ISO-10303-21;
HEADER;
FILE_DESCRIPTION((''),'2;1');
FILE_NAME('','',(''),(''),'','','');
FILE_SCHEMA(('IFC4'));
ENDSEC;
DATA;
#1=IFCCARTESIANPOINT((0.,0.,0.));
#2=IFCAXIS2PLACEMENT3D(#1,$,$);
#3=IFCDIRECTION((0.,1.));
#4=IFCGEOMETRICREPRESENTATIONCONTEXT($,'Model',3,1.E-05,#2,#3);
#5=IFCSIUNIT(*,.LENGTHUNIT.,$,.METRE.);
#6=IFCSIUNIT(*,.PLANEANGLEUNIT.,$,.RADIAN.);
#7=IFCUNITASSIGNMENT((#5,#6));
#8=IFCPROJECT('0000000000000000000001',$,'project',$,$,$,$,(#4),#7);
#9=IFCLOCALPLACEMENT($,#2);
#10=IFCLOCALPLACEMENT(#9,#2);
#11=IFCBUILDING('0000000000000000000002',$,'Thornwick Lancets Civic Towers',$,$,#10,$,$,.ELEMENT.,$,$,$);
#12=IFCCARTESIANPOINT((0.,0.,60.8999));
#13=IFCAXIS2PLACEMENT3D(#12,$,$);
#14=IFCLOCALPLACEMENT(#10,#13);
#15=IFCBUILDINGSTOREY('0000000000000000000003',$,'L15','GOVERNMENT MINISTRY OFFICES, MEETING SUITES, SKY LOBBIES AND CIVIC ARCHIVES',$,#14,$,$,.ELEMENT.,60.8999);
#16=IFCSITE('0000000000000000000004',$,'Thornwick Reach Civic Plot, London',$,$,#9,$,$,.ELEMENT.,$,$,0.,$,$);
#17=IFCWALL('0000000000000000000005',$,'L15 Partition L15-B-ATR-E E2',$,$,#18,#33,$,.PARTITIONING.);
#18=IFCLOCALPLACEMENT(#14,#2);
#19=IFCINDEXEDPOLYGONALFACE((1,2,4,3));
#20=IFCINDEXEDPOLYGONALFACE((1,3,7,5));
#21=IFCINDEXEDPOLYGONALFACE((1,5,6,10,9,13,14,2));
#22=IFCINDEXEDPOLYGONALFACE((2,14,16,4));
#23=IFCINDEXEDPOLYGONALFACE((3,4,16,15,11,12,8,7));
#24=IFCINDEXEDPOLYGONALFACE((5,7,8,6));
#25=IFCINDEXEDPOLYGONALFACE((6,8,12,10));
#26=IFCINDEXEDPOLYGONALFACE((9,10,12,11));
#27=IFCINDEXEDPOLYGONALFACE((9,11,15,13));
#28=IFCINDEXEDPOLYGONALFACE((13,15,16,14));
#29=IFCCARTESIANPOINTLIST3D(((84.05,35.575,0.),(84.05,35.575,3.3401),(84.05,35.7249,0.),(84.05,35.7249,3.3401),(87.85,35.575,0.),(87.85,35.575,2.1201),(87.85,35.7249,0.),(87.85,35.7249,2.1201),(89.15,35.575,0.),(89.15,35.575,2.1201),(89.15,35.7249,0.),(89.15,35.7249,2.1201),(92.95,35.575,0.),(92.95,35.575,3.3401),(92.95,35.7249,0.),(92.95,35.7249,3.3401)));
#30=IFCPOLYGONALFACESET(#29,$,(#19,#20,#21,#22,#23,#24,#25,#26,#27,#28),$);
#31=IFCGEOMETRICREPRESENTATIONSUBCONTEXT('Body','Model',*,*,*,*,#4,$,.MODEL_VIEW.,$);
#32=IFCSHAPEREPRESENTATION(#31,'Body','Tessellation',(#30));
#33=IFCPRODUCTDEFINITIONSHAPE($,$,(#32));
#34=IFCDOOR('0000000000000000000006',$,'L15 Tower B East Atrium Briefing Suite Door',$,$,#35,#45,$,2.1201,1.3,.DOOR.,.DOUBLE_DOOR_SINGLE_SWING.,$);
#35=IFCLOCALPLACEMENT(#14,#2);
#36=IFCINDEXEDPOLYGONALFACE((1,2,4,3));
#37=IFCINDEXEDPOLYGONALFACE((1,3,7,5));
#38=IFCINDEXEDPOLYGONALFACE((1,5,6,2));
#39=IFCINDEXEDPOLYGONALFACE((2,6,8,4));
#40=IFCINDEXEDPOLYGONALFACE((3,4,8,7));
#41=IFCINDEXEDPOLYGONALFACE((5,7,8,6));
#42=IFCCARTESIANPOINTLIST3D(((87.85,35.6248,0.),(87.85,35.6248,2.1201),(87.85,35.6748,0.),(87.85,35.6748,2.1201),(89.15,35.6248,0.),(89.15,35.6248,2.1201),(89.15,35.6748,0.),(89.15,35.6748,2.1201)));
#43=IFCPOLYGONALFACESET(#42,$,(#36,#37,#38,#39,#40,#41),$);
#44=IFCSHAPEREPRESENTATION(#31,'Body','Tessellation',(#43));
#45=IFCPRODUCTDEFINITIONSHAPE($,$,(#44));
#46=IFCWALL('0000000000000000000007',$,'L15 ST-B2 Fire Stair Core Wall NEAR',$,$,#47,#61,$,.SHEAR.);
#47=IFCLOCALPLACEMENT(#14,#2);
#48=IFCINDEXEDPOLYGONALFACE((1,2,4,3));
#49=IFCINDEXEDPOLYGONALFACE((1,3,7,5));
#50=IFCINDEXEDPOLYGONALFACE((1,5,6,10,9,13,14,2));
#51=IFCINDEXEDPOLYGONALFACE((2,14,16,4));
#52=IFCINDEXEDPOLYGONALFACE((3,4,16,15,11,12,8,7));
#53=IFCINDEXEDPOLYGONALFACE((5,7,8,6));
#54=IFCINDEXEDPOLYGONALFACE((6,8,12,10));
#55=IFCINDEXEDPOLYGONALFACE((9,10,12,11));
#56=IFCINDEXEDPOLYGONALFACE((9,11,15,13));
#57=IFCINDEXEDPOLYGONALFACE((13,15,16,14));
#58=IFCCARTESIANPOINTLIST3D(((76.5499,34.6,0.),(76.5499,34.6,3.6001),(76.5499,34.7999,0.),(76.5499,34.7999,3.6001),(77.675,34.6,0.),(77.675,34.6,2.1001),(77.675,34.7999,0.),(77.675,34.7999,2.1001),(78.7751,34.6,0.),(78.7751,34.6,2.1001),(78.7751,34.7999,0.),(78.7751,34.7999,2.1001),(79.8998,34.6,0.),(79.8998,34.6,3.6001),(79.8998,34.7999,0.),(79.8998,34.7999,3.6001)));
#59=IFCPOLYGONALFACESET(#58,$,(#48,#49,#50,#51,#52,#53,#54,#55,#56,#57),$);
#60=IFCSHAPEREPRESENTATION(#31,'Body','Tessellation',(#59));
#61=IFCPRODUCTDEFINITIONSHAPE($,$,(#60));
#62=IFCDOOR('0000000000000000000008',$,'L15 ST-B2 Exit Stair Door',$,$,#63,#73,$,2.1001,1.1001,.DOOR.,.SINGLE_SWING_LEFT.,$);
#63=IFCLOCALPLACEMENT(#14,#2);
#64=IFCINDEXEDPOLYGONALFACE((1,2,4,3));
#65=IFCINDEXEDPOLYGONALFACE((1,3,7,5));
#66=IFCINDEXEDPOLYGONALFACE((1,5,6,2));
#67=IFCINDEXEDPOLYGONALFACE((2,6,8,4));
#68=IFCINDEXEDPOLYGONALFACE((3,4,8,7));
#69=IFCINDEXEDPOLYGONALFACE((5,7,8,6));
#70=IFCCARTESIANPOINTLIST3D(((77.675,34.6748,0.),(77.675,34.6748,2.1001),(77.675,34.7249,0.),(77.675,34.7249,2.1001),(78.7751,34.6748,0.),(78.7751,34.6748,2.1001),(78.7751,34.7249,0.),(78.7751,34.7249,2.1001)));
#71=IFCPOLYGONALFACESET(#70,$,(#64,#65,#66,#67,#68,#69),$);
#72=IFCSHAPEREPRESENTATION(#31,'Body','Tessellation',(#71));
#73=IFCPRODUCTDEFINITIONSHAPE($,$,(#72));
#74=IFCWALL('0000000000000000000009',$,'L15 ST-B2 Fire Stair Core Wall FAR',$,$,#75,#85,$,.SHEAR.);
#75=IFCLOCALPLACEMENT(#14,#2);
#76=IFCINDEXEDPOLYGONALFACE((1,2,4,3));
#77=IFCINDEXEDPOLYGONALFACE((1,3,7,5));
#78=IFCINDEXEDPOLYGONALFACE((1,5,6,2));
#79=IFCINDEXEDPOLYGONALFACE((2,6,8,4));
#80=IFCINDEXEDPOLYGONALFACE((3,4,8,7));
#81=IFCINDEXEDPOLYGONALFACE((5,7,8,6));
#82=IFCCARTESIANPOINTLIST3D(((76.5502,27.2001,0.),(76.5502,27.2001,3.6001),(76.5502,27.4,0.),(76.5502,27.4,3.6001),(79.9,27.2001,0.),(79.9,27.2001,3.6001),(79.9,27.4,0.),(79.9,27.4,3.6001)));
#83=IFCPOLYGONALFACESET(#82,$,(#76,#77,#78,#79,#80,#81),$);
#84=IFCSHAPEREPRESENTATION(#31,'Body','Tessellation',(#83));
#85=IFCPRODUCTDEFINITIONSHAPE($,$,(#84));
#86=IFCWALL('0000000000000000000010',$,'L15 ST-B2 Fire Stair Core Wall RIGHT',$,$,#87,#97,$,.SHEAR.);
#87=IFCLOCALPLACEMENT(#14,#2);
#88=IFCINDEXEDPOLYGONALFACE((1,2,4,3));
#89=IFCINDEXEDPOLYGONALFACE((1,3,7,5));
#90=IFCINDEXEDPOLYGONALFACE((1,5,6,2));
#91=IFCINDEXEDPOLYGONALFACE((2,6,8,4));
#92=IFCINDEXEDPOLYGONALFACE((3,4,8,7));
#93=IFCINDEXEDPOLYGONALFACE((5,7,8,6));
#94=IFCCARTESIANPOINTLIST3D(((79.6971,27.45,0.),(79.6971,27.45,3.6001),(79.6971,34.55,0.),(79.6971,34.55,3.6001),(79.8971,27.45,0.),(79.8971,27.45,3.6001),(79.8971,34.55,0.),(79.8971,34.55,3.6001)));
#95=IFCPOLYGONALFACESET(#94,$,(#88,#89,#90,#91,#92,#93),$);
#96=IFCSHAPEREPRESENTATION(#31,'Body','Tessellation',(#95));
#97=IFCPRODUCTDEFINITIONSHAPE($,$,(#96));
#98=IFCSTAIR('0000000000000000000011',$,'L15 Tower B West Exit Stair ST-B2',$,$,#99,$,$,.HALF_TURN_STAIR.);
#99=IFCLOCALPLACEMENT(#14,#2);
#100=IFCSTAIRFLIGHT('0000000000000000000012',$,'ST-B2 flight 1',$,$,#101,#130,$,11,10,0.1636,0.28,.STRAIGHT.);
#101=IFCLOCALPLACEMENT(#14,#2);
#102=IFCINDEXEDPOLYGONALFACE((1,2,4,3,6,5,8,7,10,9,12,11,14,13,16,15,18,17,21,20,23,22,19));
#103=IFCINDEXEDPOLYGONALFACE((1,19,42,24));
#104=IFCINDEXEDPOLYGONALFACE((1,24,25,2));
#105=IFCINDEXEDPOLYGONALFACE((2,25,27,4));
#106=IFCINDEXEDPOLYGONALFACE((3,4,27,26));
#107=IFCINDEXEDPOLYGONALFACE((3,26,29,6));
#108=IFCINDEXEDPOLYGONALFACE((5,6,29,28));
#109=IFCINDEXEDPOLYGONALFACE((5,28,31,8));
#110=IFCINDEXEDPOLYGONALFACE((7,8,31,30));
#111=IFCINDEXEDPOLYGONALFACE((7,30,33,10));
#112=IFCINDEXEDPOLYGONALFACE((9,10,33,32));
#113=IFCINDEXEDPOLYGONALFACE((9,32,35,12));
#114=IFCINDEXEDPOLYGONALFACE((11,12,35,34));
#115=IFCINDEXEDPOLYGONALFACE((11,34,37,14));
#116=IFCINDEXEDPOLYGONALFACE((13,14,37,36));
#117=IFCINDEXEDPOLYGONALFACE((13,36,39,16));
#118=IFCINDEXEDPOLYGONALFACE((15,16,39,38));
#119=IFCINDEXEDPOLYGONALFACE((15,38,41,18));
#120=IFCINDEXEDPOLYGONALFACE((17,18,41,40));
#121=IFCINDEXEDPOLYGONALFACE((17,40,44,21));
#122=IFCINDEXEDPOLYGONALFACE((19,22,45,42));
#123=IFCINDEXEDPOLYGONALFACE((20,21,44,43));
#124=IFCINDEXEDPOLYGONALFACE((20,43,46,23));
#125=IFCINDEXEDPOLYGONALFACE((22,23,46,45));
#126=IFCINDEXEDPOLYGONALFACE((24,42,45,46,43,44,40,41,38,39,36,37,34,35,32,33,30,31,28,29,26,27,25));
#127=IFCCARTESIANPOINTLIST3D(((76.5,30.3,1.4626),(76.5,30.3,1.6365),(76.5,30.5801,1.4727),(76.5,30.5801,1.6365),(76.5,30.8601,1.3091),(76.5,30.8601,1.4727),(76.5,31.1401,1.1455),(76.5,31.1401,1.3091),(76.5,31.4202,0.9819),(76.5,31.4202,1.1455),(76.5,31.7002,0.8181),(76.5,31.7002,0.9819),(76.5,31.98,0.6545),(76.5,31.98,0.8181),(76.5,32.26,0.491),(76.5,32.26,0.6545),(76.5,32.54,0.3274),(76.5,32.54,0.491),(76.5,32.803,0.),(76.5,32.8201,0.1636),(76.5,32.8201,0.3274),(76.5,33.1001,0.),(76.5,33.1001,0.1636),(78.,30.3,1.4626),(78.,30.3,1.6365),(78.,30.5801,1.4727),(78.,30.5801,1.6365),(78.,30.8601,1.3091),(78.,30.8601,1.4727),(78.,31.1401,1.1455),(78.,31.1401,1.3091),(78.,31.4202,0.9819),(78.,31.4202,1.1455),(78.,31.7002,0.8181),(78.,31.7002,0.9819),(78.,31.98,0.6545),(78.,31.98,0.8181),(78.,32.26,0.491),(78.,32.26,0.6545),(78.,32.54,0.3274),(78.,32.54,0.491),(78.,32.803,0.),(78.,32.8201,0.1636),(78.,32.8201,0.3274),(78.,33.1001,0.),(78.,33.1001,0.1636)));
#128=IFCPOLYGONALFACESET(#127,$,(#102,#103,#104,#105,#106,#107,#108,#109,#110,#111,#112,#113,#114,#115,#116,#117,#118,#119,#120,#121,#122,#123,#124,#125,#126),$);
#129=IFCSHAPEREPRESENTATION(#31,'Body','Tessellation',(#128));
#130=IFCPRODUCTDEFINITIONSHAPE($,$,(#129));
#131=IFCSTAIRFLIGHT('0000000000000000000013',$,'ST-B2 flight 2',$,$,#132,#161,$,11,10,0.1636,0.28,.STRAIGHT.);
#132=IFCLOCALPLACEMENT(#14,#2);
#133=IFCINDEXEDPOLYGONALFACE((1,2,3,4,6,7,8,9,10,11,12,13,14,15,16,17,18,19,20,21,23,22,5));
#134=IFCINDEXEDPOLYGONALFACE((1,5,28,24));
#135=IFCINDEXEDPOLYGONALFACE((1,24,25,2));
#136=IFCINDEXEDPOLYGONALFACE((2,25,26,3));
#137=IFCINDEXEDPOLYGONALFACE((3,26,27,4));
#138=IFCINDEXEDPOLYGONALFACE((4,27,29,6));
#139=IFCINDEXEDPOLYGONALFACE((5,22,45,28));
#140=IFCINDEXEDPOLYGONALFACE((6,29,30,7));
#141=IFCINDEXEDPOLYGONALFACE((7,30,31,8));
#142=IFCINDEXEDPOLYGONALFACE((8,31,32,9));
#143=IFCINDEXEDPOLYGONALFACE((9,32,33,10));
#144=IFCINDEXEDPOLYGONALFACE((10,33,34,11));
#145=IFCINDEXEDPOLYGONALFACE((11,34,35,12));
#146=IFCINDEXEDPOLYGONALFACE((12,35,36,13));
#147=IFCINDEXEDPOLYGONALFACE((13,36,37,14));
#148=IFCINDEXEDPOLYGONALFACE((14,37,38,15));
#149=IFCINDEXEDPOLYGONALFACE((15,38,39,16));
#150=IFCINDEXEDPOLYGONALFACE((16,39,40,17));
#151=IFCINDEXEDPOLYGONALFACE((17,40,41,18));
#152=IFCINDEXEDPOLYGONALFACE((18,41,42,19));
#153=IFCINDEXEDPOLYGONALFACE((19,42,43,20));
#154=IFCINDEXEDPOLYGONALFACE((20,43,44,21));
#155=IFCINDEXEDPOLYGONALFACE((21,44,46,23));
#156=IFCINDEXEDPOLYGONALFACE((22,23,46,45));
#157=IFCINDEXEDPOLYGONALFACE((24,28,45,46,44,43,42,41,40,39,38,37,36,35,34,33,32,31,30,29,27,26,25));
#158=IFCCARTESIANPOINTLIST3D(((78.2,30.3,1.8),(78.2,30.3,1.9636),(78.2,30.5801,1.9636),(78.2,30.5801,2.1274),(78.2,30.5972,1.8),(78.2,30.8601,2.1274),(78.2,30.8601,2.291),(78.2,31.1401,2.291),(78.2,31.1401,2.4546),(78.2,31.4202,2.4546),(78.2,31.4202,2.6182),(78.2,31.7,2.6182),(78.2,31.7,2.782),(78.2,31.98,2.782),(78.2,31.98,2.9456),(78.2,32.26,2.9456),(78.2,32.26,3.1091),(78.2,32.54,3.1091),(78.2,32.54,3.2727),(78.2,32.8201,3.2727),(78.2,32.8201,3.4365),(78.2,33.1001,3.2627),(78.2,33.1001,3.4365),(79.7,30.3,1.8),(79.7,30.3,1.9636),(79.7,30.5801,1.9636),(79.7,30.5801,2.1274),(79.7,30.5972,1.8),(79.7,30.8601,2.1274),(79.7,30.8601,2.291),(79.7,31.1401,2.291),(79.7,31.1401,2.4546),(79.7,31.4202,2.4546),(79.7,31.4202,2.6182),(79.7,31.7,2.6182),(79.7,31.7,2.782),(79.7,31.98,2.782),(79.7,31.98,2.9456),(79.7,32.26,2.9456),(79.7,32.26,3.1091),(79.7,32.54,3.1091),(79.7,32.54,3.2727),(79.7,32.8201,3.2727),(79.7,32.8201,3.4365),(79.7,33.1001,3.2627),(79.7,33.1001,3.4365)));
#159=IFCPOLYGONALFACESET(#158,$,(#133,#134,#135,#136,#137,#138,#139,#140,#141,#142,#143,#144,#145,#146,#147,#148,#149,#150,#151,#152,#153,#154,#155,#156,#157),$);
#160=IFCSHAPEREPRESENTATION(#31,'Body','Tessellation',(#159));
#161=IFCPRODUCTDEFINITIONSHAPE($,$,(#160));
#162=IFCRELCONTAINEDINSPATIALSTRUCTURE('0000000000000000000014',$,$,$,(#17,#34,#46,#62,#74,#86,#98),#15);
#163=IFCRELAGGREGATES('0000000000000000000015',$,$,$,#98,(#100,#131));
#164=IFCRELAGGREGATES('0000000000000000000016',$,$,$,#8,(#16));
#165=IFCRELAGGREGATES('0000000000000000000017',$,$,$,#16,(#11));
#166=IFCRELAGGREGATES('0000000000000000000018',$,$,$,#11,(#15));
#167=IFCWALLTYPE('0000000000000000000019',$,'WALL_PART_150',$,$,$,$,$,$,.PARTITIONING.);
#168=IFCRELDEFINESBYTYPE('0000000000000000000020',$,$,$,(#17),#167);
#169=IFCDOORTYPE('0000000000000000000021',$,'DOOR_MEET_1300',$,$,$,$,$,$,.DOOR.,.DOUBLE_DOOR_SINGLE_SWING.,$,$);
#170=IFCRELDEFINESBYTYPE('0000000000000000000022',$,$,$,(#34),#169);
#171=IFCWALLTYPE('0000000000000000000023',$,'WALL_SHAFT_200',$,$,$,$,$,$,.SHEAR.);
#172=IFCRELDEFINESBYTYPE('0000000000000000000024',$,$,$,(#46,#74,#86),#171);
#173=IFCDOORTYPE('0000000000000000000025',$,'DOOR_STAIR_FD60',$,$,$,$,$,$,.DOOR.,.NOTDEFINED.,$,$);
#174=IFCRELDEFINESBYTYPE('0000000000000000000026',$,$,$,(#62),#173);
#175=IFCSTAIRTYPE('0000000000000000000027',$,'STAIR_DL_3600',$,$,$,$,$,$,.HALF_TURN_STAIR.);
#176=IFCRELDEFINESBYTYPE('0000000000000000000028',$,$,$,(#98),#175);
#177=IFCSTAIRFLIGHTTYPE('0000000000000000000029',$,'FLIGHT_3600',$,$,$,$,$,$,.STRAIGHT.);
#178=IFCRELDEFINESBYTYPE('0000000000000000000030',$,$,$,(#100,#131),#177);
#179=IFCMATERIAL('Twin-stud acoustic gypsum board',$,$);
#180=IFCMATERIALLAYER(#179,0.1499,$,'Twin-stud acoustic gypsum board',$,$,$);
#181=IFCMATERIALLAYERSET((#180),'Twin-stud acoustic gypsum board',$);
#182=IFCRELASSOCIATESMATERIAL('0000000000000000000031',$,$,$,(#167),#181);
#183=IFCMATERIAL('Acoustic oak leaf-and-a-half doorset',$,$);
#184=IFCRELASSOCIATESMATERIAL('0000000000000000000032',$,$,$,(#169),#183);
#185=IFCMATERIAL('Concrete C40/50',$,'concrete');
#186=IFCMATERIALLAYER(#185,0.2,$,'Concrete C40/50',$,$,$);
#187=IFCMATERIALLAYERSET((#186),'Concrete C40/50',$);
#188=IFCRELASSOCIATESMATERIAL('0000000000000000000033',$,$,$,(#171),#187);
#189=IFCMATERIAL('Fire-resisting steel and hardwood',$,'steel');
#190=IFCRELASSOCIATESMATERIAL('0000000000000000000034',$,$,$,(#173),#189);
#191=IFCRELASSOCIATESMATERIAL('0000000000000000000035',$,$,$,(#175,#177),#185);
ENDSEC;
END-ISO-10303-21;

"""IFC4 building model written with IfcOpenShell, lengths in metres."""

from ifc_helpers import new_model, si_unit, direction, frame, frame_2d, origin, place, context, subcontext, project, spatial, polyline, rectangle, outline, extrude, material, layer, layer_set, type_object, element, fill, aggregate, save


model = new_model("IFC4")

# Units and contexts
model_context = context("Model", 3, precision=1e-05, world=origin(), true_north=direction((0.0, 1.0)))
body_context = subcontext(model_context, "Body", "Model", "MODEL_VIEW")
ifc_project = project(units=[si_unit("LENGTHUNIT", "METRE"), si_unit("PLANEANGLEUNIT", "RADIAN")], contexts=[model_context])

# Site, building, storey
site_placement = place(None, origin())
site = spatial("IfcSite", under=ifc_project, at=site_placement, Name="Thornwick Reach Civic Plot, London", CompositionType="ELEMENT", RefElevation=0.0)
building_placement = place(site_placement, origin())
building = spatial("IfcBuilding", under=site, at=building_placement, Name="Thornwick Lancets Civic Towers", CompositionType="ELEMENT")
storey_placement = place(building_placement, frame((0.0, 0.0, 60.8999)))
storey = spatial("IfcBuildingStorey", under=building, at=storey_placement, Name="L15", Description="GOVERNMENT MINISTRY OFFICES, MEETING SUITES, SKY LOBBIES AND CIVIC ARCHIVES", CompositionType="ELEMENT", Elevation=60.8999)

# Shared definitions
ifc_material_1 = material(Name="Concrete C40/50", Category="concrete")

# Shared definitions
ifc_material_2 = material(Name="Twin-stud acoustic gypsum board")
ifc_layer_1 = layer(ifc_material_2, 0.1499, Name="Twin-stud acoustic gypsum board")
ifc_layer_set_1 = layer_set([ifc_layer_1], Name="Twin-stud acoustic gypsum board")
wall_type_1 = type_object("IfcWallType", Name="WALL_PART_150", PredefinedType="PARTITIONING", material=ifc_layer_set_1)

# Walls, openings, doors
wall_1_placement = place(storey_placement, frame((84.05, 35.6499, 0.0), z_axis=(0.0, 0.0, 1.0), x_axis=(1.0, 0.0, 0.0)))
wall_1 = element("IfcWall", 1, at=wall_1_placement, inside=storey, type_object=wall_type_1, Name="L15 Partition L15-B-ATR-E E2", PredefinedType="PARTITIONING", context=body_context, shape_type="SweptSolid", body=[
    extrude(rectangle(XDim=8.8999, YDim=0.1499, at=frame_2d((4.45, 0.0))), origin(), (0.0, 0.0, 1.0), 3.3401),
])
opening_1_placement = place(wall_1_placement, frame((3.8, 0.0, 0.0)))
opening_1 = element("IfcOpeningElement", 2, at=opening_1_placement, cuts=wall_1, PredefinedType="OPENING", context=body_context, shape_type="SweptSolid", body=[
    extrude(rectangle(XDim=1.3, YDim=2.1201, at=frame_2d((0.6499, 1.0601))), frame((0.0, 0.085, 0.0), z_axis=(0.0, -1.0, 0.0), x_axis=(1.0, 0.0, 0.0)), (0.0, 0.0, 1.0), 0.1699),
])
ifc_material_3 = material(Name="Acoustic oak leaf-and-a-half doorset")
door_type_1 = type_object("IfcDoorType", Name="DOOR_MEET_1300", OperationType="DOUBLE_DOOR_SINGLE_SWING", PredefinedType="DOOR", material=ifc_material_3)
door_1_placement = place(opening_1_placement, origin())
door_1 = element("IfcDoor", 3, at=door_1_placement, inside=storey, type_object=door_type_1, Name="L15 Tower B East Atrium Briefing Suite Door", OperationType="DOUBLE_DOOR_SINGLE_SWING", OverallHeight=2.1201, OverallWidth=1.3, PredefinedType="DOOR", context=body_context, shape_type="SweptSolid", body=[
    extrude(rectangle(XDim=1.3, YDim=2.1201, at=frame_2d((0.6499, 1.0601))), frame((0.0, 0.0249, 0.0), z_axis=(0.0, -1.0, 0.0), x_axis=(1.0, 0.0, 0.0)), (0.0, 0.0, 1.0), 0.05),
])
fill(opening_1, door_1)
ifc_layer_2 = layer(ifc_material_1, 0.2, Name="Concrete C40/50")
ifc_layer_set_2 = layer_set([ifc_layer_2], Name="Concrete C40/50")
wall_type_2 = type_object("IfcWallType", Name="WALL_SHAFT_200", PredefinedType="SHEAR", material=ifc_layer_set_2)
wall_2_placement = place(storey_placement, frame((76.55, 34.7, 0.0), z_axis=(0.0, 0.0, 1.0), x_axis=(1.0, 0.0, 0.0)))
wall_2 = element("IfcWall", 4, at=wall_2_placement, inside=storey, type_object=wall_type_2, Name="L15 ST-B2 Fire Stair Core Wall NEAR", PredefinedType="SHEAR", context=body_context, shape_type="SweptSolid", body=[
    extrude(rectangle(XDim=3.3499, YDim=0.2, at=frame_2d((1.6748, 0.0))), origin(), (0.0, 0.0, 1.0), 3.6001),
])
opening_2_placement = place(wall_2_placement, frame((1.125, 0.0, 0.0)))
opening_2 = element("IfcOpeningElement", 5, at=opening_2_placement, cuts=wall_2, PredefinedType="OPENING", context=body_context, shape_type="SweptSolid", body=[
    extrude(rectangle(XDim=1.1001, YDim=2.1001, at=frame_2d((0.55, 1.05))), frame((0.0, 0.1099, 0.0), z_axis=(0.0, -1.0, 0.0), x_axis=(1.0, 0.0, 0.0)), (0.0, 0.0, 1.0), 0.22),
])
ifc_material_4 = material(Name="Fire-resisting steel and hardwood", Category="steel")
door_type_2 = type_object("IfcDoorType", Name="DOOR_STAIR_FD60", OperationType="NOTDEFINED", PredefinedType="DOOR", material=ifc_material_4)
door_2_placement = place(opening_2_placement, origin())
door_2 = element("IfcDoor", 6, at=door_2_placement, inside=storey, type_object=door_type_2, Name="L15 ST-B2 Exit Stair Door", OperationType="SINGLE_SWING_LEFT", OverallHeight=2.1001, OverallWidth=1.1001, PredefinedType="DOOR", context=body_context, shape_type="SweptSolid", body=[
    extrude(rectangle(XDim=1.1001, YDim=2.1001, at=frame_2d((0.55, 1.05))), frame((0.0, 0.0249, 0.0), z_axis=(0.0, -1.0, 0.0), x_axis=(1.0, 0.0, 0.0)), (0.0, 0.0, 1.0), 0.05),
])
fill(opening_2, door_2)

# Walls
wall_3_placement = place(storey_placement, frame((79.8999, 27.3, 0.0), z_axis=(0.0, 0.0, 1.0), x_axis=(-1.0, 0.0, 0.0)))
element("IfcWall", 7, at=wall_3_placement, inside=storey, type_object=wall_type_2, Name="L15 ST-B2 Fire Stair Core Wall FAR", PredefinedType="SHEAR", context=body_context, shape_type="SweptSolid", body=[
    extrude(rectangle(XDim=3.3499, YDim=0.2, at=frame_2d((1.6748, 0.0))), origin(), (0.0, 0.0, 1.0), 3.6001),
])
wall_4_placement = place(storey_placement, frame((79.7971, 27.45, 0.0), z_axis=(0.0, 0.0, 1.0), x_axis=(0.0, 1.0, 0.0)))
element("IfcWall", 8, at=wall_4_placement, inside=storey, type_object=wall_type_2, Name="L15 ST-B2 Fire Stair Core Wall RIGHT", PredefinedType="SHEAR", context=body_context, shape_type="SweptSolid", body=[
    extrude(rectangle(XDim=7.1001, YDim=0.2, at=frame_2d((3.55, 0.0))), origin(), (0.0, 0.0, 1.0), 3.6001),
])

# Stair, stair flights
stair_type = type_object("IfcStairType", Name="STAIR_DL_3600", PredefinedType="HALF_TURN_STAIR", material=ifc_material_1)
stair_placement = place(storey_placement, origin())
stair = element("IfcStair", 9, at=stair_placement, inside=storey, type_object=stair_type, Name="L15 Tower B West Exit Stair ST-B2", PredefinedType="HALF_TURN_STAIR")
stair_flight_type = type_object("IfcStairFlightType", Name="FLIGHT_3600", PredefinedType="STRAIGHT", material=ifc_material_1)
stair_flight_1_placement = place(storey_placement, frame((77.25, 33.1001, 0.0), z_axis=(0.0, 0.0, 1.0), x_axis=(0.0, -1.0, 0.0)))
stair_flight_1 = element("IfcStairFlight", 10, at=stair_flight_1_placement, type_object=stair_flight_type, Name="ST-B2 flight 1", NumberOfRisers=11, NumberOfTreads=10, PredefinedType="STRAIGHT", RiserHeight=0.1636, TreadLength=0.28, context=body_context, shape_type="SweptSolid", body=[
    extrude(outline(polyline([(0.0, 0.0), (0.0, 0.1636), (0.28, 0.1636), (0.28, 0.3274), (0.5601, 0.3274), (0.5601, 0.491), (0.8401, 0.491), (0.8401, 0.6545), (1.1201, 0.6545), (1.1201, 0.8181), (1.3999, 0.8181), (1.3999, 0.9819), (1.6799, 0.9819), (1.6799, 1.1455), (1.96, 1.1455), (1.96, 1.3091), (2.24, 1.3091), (2.24, 1.4727), (2.52, 1.4727), (2.52, 1.6365), (2.8, 1.6365), (2.8, 1.8), (2.8, 1.4626), (0.2971, 0.0), (0.0, 0.0)])), frame((0.0, 0.75, 0.0), z_axis=(0.0, -1.0, 0.0), x_axis=(1.0, 0.0, 0.0)), (0.0, 0.0, 1.0), 1.5),
])
stair_flight_2_placement = place(storey_placement, frame((78.95, 30.3, 1.8), z_axis=(0.0, 0.0, 1.0), x_axis=(0.0, 1.0, 0.0)))
stair_flight_2 = element("IfcStairFlight", 11, at=stair_flight_2_placement, type_object=stair_flight_type, Name="ST-B2 flight 2", NumberOfRisers=11, NumberOfTreads=10, PredefinedType="STRAIGHT", RiserHeight=0.1636, TreadLength=0.28, context=body_context, shape_type="SweptSolid", body=[
    extrude(outline(polyline([(0.0, 0.0), (0.0, 0.1636), (0.28, 0.1636), (0.28, 0.3274), (0.5601, 0.3274), (0.5601, 0.491), (0.8401, 0.491), (0.8401, 0.6545), (1.1201, 0.6545), (1.1201, 0.8181), (1.3999, 0.8181), (1.3999, 0.9819), (1.6799, 0.9819), (1.6799, 1.1455), (1.96, 1.1455), (1.96, 1.3091), (2.24, 1.3091), (2.24, 1.4727), (2.52, 1.4727), (2.52, 1.6365), (2.8, 1.6365), (2.8, 1.8), (2.8, 1.4626), (0.2971, 0.0), (0.0, 0.0)])), frame((0.0, 0.75, 0.0), z_axis=(0.0, -1.0, 0.0), x_axis=(1.0, 0.0, 0.0)), (0.0, 0.0, 1.0), 1.5),
])
aggregate(stair, [stair_flight_1, stair_flight_2])

save(model, "model.ifc")
